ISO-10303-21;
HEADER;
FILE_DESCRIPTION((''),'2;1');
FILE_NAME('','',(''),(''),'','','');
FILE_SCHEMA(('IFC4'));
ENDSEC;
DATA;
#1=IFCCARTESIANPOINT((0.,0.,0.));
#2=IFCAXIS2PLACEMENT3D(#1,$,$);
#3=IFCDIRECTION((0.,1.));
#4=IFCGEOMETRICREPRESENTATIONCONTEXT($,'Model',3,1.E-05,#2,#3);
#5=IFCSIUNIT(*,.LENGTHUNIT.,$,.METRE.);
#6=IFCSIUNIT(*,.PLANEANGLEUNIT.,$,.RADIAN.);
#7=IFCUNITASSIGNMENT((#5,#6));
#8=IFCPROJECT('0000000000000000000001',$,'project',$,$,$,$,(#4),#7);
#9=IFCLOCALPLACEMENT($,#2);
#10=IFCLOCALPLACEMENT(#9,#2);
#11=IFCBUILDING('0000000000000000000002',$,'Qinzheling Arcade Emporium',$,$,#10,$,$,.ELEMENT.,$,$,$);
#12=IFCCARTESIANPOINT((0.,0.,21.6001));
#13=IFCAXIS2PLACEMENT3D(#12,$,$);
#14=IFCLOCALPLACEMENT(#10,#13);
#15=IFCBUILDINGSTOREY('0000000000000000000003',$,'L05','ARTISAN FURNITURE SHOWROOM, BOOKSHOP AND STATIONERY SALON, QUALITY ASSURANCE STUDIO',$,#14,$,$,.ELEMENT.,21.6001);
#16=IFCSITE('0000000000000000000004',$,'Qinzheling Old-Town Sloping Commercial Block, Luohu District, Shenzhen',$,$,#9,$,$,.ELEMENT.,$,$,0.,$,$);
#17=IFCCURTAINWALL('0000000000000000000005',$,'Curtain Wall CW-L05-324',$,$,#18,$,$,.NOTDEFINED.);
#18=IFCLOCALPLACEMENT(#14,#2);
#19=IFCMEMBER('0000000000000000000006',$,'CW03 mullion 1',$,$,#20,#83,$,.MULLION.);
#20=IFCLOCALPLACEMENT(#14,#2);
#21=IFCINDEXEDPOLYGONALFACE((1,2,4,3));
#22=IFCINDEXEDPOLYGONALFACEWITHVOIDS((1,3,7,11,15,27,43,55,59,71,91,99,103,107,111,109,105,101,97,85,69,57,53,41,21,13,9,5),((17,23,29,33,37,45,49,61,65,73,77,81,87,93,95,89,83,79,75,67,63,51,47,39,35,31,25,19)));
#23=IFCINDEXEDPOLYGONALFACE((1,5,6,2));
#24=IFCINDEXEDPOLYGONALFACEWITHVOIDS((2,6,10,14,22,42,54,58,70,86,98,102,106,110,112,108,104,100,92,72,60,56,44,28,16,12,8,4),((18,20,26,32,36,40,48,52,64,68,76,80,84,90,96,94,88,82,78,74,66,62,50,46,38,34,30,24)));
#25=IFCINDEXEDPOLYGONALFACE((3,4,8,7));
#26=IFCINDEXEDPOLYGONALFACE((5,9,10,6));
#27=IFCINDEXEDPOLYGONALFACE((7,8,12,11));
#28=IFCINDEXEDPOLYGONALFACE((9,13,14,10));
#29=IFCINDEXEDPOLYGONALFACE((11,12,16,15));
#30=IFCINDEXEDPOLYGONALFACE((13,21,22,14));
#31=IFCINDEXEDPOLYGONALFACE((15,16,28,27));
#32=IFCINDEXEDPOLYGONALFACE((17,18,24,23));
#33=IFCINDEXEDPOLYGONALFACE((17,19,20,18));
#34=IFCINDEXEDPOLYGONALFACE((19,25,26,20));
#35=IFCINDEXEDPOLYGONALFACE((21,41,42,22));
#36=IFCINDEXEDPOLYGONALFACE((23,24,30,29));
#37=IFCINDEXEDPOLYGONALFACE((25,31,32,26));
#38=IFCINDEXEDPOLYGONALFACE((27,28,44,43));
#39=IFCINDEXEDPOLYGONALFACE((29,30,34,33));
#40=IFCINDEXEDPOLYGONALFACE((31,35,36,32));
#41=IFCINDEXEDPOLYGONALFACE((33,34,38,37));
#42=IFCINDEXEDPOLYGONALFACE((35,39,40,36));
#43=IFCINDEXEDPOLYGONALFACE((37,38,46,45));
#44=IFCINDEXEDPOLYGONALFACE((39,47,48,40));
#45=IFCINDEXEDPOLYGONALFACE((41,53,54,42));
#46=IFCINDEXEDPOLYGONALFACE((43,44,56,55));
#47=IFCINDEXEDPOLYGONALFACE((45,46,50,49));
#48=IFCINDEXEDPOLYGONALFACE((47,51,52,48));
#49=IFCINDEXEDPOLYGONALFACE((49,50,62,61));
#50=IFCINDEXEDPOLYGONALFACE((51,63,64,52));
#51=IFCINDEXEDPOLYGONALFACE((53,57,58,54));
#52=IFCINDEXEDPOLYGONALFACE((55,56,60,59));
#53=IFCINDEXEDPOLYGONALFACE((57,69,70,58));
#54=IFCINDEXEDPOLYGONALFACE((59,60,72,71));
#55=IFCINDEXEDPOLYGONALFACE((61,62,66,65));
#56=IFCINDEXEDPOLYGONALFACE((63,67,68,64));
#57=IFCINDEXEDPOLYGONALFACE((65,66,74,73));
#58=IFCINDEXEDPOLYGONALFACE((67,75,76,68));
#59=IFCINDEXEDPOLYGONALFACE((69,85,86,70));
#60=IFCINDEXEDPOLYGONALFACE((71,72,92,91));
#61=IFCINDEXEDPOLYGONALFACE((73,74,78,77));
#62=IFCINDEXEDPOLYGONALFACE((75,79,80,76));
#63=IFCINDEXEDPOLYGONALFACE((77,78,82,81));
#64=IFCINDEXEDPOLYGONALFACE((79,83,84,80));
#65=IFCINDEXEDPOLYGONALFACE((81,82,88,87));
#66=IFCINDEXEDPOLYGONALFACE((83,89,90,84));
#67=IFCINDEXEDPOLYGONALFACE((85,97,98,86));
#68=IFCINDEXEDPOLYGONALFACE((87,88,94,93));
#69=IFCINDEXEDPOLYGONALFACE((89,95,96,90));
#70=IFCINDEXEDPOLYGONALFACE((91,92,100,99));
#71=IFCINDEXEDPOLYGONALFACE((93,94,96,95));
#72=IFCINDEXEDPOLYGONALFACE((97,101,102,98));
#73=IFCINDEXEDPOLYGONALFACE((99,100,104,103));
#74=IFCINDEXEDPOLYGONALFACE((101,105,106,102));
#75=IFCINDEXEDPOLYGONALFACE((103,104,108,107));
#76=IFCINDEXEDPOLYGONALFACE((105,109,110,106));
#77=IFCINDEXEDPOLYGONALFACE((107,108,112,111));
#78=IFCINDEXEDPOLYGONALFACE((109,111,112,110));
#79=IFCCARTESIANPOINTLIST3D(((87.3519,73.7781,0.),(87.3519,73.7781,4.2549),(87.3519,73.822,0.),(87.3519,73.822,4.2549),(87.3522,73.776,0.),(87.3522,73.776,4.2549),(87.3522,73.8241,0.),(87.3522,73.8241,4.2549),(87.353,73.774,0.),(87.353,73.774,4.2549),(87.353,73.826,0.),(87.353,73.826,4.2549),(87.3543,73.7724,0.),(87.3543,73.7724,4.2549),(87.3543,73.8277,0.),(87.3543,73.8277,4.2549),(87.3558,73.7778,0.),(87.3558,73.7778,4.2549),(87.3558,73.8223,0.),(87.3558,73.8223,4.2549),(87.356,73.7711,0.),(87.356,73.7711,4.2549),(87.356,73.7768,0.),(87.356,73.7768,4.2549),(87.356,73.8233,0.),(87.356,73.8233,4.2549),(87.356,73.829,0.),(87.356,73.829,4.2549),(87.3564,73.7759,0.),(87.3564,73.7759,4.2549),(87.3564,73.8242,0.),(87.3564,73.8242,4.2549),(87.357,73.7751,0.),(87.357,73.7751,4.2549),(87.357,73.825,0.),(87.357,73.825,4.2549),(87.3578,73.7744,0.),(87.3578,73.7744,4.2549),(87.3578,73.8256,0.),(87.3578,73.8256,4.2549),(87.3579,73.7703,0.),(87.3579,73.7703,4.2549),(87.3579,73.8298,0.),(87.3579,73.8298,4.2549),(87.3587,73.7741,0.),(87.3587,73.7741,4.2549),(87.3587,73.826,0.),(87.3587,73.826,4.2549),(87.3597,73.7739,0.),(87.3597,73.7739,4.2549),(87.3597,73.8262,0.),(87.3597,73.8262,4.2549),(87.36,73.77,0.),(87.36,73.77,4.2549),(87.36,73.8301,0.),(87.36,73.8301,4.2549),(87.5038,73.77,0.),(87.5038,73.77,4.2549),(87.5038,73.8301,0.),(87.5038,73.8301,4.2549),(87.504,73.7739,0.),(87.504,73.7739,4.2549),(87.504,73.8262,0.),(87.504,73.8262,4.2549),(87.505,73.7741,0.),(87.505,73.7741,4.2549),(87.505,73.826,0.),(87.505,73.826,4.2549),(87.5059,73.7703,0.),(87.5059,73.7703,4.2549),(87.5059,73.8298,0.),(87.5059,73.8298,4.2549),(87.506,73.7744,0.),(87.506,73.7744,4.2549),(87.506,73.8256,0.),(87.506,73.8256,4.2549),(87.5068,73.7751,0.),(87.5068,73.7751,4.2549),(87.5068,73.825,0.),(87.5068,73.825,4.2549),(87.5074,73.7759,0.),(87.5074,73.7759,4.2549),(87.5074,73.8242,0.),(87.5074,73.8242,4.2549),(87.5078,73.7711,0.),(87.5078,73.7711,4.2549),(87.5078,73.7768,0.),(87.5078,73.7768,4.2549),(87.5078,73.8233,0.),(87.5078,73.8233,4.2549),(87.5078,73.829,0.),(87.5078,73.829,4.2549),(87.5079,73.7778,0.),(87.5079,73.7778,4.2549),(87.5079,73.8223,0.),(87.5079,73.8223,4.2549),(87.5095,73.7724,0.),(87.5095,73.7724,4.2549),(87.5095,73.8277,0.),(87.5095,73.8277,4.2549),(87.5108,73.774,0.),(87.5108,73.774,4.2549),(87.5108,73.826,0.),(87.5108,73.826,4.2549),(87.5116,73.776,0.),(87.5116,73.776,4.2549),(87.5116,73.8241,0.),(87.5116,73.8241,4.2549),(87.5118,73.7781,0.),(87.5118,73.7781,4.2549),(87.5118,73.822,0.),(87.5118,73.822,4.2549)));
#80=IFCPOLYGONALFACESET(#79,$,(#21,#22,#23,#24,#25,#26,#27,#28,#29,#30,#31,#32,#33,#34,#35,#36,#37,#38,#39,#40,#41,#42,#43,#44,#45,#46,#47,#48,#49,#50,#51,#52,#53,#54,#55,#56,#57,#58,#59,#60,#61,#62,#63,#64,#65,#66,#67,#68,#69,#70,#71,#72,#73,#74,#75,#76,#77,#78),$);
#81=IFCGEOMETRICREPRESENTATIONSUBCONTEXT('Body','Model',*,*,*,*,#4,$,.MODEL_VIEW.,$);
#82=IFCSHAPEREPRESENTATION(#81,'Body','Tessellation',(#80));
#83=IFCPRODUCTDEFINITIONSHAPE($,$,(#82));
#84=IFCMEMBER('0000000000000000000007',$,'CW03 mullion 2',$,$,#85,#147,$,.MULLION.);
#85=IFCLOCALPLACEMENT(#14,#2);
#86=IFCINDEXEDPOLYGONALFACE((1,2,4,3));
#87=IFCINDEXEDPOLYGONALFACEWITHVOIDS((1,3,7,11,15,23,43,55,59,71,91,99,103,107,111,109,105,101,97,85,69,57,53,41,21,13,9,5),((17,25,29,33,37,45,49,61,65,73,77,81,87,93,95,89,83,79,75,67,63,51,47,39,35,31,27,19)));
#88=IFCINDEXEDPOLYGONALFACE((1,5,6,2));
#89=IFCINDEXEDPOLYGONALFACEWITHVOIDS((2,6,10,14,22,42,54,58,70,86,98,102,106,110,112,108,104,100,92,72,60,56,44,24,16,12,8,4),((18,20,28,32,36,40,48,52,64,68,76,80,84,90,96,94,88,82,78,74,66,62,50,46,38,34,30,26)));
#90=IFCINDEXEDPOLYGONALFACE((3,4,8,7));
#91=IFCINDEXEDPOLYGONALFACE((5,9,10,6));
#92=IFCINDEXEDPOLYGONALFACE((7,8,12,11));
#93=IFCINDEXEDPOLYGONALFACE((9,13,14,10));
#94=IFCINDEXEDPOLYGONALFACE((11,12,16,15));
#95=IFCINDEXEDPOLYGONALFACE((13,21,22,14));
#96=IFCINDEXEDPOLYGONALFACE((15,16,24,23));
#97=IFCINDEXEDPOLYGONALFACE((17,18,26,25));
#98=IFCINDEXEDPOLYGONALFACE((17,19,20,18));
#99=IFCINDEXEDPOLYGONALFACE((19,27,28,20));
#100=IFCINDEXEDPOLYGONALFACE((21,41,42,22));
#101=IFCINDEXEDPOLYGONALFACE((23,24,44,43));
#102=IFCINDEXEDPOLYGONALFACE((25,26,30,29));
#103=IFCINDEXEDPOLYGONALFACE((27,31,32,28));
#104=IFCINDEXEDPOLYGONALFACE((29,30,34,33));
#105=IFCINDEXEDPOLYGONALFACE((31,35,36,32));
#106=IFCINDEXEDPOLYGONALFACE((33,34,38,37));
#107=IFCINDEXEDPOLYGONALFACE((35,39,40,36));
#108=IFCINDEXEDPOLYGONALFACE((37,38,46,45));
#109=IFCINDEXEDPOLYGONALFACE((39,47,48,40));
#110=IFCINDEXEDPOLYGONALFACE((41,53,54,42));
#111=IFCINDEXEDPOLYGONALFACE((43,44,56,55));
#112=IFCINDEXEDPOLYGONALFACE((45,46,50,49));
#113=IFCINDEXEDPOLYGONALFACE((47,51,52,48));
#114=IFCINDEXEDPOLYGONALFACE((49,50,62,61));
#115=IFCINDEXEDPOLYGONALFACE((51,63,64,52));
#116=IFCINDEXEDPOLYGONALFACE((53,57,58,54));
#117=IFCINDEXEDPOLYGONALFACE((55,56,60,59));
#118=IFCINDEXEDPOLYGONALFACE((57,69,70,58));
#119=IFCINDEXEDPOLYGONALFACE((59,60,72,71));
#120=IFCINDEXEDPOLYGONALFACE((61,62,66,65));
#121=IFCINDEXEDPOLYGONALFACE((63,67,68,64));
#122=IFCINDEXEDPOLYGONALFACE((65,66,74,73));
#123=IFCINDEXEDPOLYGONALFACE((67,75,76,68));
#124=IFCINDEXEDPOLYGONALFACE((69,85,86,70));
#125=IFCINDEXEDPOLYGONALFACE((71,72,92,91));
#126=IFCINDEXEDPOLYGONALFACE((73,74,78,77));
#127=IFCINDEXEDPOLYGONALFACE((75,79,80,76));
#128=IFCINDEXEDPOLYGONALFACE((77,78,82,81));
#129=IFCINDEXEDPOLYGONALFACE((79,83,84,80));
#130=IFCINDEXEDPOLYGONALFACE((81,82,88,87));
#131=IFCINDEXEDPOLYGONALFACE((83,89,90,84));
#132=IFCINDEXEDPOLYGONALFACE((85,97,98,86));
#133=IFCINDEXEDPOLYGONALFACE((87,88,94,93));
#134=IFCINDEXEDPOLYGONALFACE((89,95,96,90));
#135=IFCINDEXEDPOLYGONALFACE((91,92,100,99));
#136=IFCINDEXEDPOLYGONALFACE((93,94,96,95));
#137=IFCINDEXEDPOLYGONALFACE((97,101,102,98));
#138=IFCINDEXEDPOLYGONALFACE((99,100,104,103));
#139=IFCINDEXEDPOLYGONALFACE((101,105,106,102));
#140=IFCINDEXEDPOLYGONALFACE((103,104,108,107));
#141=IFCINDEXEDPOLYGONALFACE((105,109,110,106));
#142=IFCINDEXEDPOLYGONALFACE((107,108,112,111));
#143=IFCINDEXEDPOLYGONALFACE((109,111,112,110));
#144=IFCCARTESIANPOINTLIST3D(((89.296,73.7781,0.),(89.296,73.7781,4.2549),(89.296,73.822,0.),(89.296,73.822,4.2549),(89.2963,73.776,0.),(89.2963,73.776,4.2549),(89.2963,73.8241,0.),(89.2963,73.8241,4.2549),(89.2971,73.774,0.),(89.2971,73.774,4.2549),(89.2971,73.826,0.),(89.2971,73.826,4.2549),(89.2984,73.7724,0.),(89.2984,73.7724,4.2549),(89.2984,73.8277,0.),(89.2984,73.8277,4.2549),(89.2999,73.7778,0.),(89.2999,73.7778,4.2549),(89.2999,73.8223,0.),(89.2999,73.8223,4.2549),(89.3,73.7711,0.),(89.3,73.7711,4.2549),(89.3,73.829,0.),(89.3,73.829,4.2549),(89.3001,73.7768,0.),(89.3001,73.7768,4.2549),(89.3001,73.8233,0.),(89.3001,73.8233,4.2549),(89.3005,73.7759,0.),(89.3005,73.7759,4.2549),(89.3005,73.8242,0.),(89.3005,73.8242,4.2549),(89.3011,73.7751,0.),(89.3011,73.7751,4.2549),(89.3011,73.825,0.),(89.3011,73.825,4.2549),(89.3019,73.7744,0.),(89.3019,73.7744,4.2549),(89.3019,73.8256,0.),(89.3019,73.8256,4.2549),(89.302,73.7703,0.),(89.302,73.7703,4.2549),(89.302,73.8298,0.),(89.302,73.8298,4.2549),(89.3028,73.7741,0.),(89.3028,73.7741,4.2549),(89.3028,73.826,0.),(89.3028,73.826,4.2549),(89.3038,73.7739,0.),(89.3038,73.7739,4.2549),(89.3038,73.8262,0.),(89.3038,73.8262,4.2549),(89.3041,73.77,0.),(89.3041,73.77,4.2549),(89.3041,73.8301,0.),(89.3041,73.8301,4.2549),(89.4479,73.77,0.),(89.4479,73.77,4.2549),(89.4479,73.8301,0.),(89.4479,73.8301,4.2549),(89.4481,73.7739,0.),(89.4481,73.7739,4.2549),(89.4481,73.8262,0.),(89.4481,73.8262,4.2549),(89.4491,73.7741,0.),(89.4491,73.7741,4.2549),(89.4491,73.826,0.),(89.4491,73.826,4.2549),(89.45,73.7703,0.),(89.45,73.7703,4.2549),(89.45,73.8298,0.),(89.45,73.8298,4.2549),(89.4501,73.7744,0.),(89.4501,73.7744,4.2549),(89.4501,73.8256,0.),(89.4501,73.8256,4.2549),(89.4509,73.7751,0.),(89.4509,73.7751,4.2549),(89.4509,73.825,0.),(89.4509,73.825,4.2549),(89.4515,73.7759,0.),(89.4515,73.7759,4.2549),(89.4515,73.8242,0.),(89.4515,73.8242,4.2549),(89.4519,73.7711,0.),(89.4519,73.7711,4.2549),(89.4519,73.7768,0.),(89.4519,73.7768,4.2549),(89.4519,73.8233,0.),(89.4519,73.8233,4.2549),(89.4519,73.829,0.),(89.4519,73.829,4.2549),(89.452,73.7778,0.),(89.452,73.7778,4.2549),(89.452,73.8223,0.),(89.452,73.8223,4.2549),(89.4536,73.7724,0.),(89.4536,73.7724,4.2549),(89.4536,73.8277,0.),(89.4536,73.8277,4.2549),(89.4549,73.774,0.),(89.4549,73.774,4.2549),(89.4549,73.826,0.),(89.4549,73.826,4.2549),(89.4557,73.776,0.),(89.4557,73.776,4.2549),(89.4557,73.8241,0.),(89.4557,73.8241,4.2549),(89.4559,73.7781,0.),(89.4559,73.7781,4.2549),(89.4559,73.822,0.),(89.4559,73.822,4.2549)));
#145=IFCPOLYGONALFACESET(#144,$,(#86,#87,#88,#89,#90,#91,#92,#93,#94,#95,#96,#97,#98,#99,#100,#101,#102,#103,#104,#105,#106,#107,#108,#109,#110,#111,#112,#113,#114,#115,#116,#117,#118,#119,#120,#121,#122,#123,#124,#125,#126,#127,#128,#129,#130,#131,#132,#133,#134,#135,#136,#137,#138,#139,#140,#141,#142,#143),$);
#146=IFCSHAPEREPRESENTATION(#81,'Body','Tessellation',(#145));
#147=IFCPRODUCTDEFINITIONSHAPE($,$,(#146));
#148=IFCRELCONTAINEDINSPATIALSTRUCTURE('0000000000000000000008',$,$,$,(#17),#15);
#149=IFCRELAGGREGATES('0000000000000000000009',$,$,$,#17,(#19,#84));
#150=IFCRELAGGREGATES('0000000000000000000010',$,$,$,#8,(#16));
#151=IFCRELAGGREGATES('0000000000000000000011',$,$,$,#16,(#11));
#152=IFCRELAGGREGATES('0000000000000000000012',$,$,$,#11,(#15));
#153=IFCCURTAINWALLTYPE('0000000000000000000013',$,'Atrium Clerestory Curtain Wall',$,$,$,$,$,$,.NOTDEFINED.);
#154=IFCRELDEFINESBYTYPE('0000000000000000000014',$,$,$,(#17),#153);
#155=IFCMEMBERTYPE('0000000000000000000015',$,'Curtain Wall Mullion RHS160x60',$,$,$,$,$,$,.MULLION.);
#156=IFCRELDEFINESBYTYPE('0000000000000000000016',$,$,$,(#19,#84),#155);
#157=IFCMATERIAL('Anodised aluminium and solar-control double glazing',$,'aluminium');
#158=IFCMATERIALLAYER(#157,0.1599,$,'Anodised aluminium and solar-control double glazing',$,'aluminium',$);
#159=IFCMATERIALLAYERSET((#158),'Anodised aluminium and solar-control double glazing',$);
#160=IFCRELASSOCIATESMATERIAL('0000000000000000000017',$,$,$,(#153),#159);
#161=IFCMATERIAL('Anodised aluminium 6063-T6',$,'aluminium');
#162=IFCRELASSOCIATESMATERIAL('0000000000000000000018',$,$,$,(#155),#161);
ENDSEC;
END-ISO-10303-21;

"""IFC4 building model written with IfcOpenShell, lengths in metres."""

from ifc_helpers import new_model, si_unit, direction, frame, origin, origin_2d, place, context, subcontext, project, spatial, hollow_rectangle, extrude, material, layer, layer_set, material_profile, profile_set, type_object, element, aggregate, save


model = new_model("IFC4")

# Units and contexts
model_context = context("Model", 3, precision=1e-05, world=origin(), true_north=direction((0.0, 1.0)))
body_context = subcontext(model_context, "Body", "Model", "MODEL_VIEW")
ifc_project = project(units=[si_unit("LENGTHUNIT", "METRE"), si_unit("PLANEANGLEUNIT", "RADIAN")], contexts=[model_context])

# Site, building, storey
site_placement = place(None, origin())
site = spatial("IfcSite", under=ifc_project, at=site_placement, Name="Qinzheling Old-Town Sloping Commercial Block, Luohu District, Shenzhen", CompositionType="ELEMENT", RefElevation=0.0)
building_placement = place(site_placement, origin())
building = spatial("IfcBuilding", under=site, at=building_placement, Name="Qinzheling Arcade Emporium", CompositionType="ELEMENT")
storey_placement = place(building_placement, frame((0.0, 0.0, 21.6001)))
storey = spatial("IfcBuildingStorey", under=building, at=storey_placement, Name="L05", Description="ARTISAN FURNITURE SHOWROOM, BOOKSHOP AND STATIONERY SALON, QUALITY ASSURANCE STUDIO", CompositionType="ELEMENT", Elevation=21.6001)

# Curtain wall, members
ifc_material_1 = material(Name="Anodised aluminium and solar-control double glazing", Category="aluminium")
ifc_layer_1 = layer(ifc_material_1, 0.1599, Name="Anodised aluminium and solar-control double glazing", Category="aluminium")
ifc_layer_set_1 = layer_set([ifc_layer_1], Name="Anodised aluminium and solar-control double glazing")
curtain_wall_type = type_object("IfcCurtainWallType", Name="Atrium Clerestory Curtain Wall", PredefinedType="NOTDEFINED", material=ifc_layer_set_1)
ifc_material_2 = material(Name="Anodised aluminium 6063-T6", Category="aluminium")
ifc_material_profile_1 = material_profile(ifc_material_2, hollow_rectangle(XDim=0.0601, YDim=0.1599, WallThickness=0.0039, InnerFilletRadius=0.0039, OuterFilletRadius=0.0081, at=origin_2d()), Name="RHS 160x60x4", Category="aluminium")
ifc_profile_set_1 = profile_set([ifc_material_profile_1], Name="Anodised aluminium 6063-T6")
member_type_1 = type_object("IfcMemberType", Name="Curtain Wall Mullion RHS160x60", PredefinedType="MULLION", material=ifc_profile_set_1)
curtain_wall_1_placement = place(storey_placement, origin())
curtain_wall_1 = element("IfcCurtainWall", 1, at=curtain_wall_1_placement, inside=storey, type_object=curtain_wall_type, Name="Curtain Wall CW-L05-324", PredefinedType="NOTDEFINED")
member_1_placement = place(storey_placement, frame((87.4319, 73.8, 0.0), z_axis=(0.0, 0.0, 1.0), x_axis=(0.0, 1.0, 0.0)))
member_1 = element("IfcMember", 2, at=member_1_placement, type_object=member_type_1, Name="CW03 mullion 1", PredefinedType="MULLION", context=body_context, shape_type="SweptSolid", body=[
    extrude(hollow_rectangle(XDim=0.0601, YDim=0.1599, WallThickness=0.0039, InnerFilletRadius=0.0039, OuterFilletRadius=0.0081, at=origin_2d()), origin(), (0.0, 0.0, 1.0), 4.2549),
])
member_2_placement = place(storey_placement, frame((89.376, 73.8, 0.0), z_axis=(0.0, 0.0, 1.0), x_axis=(0.0, 1.0, 0.0)))
member_2 = element("IfcMember", 3, at=member_2_placement, type_object=member_type_1, Name="CW03 mullion 2", PredefinedType="MULLION", context=body_context, shape_type="SweptSolid", body=[
    extrude(hollow_rectangle(XDim=0.0601, YDim=0.1599, WallThickness=0.0039, InnerFilletRadius=0.0039, OuterFilletRadius=0.0081, at=origin_2d()), origin(), (0.0, 0.0, 1.0), 4.2549),
])

aggregate(curtain_wall_1, [member_1, member_2])

save(model, "model.ifc")
